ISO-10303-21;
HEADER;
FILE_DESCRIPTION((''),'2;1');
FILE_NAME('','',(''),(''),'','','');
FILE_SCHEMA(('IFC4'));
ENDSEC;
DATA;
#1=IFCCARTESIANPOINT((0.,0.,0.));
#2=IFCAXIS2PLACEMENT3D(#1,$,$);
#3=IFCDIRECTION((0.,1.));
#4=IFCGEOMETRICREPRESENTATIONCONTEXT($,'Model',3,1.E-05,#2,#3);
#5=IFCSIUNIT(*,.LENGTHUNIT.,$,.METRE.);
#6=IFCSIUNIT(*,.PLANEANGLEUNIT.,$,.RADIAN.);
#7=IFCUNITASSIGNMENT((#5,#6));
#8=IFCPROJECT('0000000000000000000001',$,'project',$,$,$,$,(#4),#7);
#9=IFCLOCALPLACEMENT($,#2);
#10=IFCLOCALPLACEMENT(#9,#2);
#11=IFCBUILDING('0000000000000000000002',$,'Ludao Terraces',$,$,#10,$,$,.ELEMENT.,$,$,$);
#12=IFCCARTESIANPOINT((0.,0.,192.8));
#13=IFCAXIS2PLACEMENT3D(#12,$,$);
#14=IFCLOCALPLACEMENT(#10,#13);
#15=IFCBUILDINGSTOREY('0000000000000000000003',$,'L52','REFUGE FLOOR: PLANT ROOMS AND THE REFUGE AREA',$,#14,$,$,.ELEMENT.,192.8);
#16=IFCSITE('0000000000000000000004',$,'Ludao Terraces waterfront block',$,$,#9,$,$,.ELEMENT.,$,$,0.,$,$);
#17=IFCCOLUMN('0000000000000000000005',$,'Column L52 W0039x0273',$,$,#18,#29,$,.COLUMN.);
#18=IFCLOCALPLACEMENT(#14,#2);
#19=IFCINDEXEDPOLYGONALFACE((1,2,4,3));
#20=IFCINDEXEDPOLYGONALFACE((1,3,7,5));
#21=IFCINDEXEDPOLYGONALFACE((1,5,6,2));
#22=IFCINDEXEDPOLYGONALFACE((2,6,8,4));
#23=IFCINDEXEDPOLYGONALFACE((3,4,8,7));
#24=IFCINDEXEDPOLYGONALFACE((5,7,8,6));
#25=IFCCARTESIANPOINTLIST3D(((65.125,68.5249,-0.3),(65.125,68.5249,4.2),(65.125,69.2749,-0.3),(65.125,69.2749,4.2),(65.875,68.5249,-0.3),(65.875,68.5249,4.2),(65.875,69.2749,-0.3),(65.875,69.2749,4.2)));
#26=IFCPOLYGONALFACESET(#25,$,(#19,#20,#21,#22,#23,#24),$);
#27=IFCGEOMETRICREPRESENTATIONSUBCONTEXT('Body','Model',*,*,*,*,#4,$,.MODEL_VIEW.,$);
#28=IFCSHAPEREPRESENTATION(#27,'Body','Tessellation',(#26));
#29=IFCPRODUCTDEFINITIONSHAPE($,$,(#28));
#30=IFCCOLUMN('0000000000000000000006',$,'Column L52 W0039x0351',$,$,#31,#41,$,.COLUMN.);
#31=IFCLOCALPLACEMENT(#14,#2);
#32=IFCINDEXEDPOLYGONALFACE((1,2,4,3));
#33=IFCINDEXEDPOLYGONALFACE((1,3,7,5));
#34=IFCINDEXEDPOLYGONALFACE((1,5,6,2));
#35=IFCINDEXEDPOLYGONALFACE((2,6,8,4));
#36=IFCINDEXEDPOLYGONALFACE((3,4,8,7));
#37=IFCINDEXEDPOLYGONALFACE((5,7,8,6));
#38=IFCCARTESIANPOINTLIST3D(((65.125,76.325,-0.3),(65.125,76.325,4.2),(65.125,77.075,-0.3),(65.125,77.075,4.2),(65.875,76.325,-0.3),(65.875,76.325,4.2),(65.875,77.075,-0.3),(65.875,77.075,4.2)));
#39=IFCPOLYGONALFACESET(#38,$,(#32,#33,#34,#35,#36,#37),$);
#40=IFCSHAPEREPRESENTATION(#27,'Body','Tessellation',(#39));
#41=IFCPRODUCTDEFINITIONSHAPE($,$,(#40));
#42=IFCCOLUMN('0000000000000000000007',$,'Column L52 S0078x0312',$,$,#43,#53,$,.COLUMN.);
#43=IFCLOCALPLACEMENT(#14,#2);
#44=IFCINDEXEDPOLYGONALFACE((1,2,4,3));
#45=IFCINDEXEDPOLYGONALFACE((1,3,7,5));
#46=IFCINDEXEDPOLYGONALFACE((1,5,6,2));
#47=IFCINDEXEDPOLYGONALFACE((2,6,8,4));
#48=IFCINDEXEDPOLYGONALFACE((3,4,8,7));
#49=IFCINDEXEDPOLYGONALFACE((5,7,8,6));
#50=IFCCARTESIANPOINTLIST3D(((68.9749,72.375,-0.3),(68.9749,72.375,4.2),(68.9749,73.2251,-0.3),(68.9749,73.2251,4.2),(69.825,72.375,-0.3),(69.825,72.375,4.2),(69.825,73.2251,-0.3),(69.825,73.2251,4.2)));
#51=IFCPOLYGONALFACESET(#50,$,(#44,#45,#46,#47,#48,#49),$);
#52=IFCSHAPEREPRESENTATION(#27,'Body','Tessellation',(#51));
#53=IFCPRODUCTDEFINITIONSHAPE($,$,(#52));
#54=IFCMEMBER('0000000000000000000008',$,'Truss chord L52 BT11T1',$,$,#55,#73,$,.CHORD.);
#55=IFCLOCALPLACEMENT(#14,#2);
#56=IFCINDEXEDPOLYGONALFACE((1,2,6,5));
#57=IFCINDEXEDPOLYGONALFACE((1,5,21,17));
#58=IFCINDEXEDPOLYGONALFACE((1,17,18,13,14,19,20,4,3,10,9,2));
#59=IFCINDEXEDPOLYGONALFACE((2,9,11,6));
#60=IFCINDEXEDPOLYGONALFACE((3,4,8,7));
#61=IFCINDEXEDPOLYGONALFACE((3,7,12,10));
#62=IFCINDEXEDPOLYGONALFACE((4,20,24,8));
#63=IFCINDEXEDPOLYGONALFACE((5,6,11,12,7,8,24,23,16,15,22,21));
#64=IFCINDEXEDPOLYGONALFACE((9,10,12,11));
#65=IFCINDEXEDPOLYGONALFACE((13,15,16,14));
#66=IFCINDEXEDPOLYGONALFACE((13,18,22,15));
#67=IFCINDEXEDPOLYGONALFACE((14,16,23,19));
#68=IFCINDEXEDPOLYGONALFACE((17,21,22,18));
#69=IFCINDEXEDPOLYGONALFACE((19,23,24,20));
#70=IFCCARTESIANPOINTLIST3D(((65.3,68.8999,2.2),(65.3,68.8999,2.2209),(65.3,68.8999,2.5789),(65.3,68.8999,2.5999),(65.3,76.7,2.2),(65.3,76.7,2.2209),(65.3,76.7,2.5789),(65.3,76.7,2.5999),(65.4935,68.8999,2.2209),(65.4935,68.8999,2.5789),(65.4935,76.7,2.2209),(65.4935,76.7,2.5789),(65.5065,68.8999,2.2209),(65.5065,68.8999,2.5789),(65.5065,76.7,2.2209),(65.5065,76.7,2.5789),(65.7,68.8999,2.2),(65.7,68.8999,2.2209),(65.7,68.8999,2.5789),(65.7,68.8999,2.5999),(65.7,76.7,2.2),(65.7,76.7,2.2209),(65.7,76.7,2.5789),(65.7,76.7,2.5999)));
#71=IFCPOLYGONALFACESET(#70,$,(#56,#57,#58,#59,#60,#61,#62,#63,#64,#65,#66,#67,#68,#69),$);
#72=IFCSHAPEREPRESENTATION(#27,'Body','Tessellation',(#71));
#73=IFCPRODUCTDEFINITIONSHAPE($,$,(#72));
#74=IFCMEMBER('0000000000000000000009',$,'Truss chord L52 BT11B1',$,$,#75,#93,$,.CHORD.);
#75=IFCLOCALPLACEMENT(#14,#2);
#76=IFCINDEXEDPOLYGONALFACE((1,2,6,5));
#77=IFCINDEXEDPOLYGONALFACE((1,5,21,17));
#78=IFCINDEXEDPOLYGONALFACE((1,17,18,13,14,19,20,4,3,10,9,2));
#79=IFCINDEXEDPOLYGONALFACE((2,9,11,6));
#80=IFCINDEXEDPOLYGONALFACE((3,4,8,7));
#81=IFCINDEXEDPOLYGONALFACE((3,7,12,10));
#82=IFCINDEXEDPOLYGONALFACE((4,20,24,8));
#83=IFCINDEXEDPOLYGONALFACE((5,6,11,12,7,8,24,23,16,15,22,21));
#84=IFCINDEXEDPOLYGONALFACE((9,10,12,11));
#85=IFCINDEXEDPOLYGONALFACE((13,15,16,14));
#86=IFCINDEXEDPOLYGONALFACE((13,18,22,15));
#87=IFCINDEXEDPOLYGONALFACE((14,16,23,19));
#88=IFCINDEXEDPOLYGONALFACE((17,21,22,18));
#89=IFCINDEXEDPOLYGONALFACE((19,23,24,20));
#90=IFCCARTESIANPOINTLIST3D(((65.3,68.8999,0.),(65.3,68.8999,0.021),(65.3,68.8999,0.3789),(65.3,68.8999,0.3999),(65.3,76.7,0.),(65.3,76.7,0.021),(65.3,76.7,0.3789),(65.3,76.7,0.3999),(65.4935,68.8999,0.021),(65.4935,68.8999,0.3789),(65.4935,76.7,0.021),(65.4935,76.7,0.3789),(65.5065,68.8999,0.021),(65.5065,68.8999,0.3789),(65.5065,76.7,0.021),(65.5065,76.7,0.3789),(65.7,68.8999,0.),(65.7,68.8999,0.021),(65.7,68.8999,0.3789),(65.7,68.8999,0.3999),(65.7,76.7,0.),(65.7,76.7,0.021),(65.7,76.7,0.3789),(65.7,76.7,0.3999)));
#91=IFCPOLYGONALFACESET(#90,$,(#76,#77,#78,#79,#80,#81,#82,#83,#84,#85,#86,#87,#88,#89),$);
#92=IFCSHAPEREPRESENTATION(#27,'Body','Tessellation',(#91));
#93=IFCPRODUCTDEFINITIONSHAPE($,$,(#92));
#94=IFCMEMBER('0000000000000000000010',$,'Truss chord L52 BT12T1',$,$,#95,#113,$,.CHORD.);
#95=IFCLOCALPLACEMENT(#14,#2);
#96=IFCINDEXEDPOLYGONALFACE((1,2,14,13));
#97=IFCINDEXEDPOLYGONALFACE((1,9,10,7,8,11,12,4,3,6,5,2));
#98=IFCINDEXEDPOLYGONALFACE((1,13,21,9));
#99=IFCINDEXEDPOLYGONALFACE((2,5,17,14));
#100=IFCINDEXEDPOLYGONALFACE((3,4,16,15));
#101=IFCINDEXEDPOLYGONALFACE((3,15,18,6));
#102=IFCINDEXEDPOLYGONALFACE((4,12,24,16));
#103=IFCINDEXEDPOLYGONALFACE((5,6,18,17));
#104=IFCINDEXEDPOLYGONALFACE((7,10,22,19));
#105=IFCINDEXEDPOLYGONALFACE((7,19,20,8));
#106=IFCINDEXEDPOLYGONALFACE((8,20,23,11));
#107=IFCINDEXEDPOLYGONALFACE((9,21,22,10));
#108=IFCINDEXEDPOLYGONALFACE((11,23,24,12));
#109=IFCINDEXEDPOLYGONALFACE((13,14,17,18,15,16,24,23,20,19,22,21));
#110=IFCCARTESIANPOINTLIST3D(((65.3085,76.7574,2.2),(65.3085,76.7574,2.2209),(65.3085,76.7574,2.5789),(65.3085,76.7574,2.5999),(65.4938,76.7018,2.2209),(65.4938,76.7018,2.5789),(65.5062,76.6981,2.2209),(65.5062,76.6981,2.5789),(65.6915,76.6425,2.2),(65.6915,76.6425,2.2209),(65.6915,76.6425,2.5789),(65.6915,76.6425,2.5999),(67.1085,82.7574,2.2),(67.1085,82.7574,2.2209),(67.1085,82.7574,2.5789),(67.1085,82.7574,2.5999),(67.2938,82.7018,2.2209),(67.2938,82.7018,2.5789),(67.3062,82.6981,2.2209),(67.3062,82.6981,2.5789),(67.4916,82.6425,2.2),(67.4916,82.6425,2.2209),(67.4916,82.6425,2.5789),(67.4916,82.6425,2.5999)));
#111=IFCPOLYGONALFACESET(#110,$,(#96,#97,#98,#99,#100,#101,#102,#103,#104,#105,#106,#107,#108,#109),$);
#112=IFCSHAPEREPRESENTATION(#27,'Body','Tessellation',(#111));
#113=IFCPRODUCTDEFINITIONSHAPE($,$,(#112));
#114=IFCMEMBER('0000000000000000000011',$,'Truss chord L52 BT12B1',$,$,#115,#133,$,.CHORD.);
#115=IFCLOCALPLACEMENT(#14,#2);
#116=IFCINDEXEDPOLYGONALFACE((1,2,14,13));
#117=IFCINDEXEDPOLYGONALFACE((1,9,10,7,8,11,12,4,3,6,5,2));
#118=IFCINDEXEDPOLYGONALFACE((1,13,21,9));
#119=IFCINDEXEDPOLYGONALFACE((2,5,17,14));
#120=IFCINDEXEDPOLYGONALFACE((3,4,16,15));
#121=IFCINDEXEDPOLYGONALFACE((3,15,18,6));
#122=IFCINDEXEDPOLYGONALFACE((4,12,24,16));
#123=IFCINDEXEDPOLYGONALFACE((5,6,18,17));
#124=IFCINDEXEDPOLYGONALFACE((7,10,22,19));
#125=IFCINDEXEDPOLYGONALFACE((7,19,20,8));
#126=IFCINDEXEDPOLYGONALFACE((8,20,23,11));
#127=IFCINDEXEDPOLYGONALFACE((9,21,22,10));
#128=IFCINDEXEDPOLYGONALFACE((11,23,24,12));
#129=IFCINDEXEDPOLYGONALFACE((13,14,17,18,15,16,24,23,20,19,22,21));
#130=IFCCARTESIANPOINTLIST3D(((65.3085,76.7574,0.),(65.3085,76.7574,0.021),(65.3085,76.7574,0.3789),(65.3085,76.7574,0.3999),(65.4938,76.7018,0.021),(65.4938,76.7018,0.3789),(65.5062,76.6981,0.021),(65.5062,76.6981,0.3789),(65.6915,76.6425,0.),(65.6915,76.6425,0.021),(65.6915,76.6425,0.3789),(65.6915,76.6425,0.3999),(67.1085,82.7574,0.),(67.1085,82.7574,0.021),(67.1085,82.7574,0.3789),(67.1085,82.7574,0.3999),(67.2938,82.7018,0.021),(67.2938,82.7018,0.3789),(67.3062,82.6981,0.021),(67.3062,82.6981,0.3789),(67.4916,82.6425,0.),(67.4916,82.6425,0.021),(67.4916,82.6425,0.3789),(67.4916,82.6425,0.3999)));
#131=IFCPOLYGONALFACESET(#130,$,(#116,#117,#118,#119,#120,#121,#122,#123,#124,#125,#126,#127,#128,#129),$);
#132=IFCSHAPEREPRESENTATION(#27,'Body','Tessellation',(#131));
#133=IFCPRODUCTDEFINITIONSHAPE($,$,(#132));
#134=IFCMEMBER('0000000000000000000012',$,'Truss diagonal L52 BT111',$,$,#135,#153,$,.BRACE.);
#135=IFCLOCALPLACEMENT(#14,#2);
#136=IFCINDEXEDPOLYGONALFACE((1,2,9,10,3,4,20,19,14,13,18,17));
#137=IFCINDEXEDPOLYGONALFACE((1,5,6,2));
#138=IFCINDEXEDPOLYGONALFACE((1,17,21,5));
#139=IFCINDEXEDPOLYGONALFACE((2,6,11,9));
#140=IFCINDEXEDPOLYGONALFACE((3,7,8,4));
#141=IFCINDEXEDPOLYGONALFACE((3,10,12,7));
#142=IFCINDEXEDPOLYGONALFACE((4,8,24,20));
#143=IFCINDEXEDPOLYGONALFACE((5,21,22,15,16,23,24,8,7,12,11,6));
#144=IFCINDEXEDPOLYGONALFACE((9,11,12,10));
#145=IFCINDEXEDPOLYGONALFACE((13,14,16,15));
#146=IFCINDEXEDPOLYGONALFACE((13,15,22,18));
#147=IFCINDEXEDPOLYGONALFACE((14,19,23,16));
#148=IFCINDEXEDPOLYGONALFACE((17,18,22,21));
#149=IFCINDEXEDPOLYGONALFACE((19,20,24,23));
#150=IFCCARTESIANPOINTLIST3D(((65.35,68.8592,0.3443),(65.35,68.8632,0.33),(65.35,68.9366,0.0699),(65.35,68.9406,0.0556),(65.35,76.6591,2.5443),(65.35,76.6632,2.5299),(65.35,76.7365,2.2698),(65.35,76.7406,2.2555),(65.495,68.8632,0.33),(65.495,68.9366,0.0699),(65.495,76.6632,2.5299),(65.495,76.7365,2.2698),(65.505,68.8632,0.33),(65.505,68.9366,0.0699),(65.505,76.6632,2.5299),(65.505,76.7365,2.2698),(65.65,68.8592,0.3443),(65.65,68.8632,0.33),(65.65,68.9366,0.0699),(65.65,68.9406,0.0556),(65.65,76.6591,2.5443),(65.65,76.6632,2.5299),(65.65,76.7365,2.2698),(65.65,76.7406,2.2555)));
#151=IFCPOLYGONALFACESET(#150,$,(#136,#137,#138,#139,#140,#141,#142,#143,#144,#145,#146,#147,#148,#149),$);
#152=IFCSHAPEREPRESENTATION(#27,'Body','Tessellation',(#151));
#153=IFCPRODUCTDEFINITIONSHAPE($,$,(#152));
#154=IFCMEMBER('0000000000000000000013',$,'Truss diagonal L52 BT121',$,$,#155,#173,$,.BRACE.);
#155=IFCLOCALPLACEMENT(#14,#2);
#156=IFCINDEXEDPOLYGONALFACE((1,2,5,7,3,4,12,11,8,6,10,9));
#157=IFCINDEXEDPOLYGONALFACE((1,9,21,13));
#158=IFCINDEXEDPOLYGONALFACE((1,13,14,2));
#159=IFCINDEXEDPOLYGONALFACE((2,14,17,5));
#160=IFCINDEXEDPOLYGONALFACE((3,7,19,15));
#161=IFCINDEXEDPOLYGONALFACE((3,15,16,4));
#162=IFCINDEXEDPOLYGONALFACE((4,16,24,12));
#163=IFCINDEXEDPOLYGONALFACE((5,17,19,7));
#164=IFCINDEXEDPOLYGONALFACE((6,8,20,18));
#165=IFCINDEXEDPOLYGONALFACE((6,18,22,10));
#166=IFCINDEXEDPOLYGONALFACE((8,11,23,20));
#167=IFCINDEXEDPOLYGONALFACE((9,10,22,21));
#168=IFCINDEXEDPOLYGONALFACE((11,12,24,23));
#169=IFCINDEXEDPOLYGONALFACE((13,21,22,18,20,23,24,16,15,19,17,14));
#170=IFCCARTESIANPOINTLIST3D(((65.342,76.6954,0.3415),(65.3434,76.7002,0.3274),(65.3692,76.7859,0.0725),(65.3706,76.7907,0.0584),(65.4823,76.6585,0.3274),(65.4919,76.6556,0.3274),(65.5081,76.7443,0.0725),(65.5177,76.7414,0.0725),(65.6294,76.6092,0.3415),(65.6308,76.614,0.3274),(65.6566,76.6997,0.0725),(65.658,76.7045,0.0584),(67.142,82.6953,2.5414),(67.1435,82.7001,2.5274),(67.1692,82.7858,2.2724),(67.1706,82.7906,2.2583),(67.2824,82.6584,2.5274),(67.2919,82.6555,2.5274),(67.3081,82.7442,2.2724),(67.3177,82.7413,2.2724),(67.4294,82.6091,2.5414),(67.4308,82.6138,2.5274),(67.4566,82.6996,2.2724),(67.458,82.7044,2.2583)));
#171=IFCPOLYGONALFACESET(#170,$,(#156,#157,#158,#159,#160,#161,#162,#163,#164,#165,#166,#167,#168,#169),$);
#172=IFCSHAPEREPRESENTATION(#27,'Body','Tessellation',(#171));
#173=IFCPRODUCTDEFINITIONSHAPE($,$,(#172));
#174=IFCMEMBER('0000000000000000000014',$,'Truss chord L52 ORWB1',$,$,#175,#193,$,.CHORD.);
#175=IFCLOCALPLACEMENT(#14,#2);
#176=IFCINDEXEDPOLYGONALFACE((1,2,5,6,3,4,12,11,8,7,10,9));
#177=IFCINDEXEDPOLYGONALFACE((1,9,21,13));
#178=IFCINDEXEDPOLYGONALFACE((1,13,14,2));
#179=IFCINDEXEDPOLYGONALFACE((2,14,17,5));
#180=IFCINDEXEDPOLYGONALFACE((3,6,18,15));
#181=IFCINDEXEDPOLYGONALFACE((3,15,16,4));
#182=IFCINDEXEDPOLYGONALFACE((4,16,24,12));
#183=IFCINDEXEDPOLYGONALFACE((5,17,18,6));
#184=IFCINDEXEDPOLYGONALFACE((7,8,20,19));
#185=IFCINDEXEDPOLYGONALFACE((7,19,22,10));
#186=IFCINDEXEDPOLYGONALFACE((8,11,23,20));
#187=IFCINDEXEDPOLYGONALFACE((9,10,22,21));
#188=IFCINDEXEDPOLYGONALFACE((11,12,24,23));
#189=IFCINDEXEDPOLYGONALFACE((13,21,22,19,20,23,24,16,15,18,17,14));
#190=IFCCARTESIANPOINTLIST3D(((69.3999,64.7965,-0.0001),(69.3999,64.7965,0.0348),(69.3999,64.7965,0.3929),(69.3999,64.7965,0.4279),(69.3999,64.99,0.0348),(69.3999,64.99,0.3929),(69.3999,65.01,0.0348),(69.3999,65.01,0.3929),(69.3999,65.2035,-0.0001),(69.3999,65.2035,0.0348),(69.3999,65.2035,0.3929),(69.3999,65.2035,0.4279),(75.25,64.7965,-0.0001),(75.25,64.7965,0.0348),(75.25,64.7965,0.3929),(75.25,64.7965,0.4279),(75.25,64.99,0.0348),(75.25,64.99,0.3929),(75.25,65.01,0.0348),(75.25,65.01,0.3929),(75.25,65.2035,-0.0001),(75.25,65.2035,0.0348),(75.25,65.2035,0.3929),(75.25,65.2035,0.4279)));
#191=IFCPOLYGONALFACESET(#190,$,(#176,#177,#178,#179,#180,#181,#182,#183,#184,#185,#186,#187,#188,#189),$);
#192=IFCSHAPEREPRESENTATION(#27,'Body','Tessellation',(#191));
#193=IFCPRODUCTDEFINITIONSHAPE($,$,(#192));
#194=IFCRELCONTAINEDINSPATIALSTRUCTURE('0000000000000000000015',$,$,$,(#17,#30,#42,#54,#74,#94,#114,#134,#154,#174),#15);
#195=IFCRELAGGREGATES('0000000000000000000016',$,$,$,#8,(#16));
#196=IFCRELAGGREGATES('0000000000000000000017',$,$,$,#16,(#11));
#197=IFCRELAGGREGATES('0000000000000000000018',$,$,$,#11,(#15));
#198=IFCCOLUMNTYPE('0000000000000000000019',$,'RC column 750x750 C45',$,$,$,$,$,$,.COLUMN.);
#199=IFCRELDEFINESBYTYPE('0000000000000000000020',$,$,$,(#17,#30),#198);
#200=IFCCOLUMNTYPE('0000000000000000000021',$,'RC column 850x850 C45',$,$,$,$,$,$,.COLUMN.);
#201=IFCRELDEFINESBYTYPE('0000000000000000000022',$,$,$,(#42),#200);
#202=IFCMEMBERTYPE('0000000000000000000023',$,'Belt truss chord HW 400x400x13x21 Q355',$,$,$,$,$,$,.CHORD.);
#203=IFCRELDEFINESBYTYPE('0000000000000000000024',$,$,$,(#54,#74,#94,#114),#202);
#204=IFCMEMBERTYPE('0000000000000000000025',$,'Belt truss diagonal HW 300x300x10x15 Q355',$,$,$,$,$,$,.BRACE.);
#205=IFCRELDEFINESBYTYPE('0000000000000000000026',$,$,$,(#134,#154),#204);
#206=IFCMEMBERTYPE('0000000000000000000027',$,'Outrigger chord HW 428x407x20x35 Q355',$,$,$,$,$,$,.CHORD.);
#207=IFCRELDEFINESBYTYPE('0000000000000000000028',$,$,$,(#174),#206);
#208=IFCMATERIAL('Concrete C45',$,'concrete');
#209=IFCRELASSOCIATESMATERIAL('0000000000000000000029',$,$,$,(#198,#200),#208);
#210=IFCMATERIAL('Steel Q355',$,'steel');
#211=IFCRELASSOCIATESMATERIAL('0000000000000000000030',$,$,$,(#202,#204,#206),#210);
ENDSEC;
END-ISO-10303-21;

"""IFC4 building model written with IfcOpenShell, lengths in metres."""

from ifc_helpers import new_model, si_unit, direction, frame, origin, origin_2d, place, context, subcontext, project, spatial, rectangle, i_section, extrude, material, material_profile, profile_set, type_object, element, save


model = new_model("IFC4")

# Units and contexts
model_context = context("Model", 3, precision=1e-05, world=origin(), true_north=direction((0.0, 1.0)))
body_context = subcontext(model_context, "Body", "Model", "MODEL_VIEW")
ifc_project = project(units=[si_unit("LENGTHUNIT", "METRE"), si_unit("PLANEANGLEUNIT", "RADIAN")], contexts=[model_context])

# Site, building, storey
site_placement = place(None, origin())
site = spatial("IfcSite", under=ifc_project, at=site_placement, Name="Ludao Terraces waterfront block", CompositionType="ELEMENT", RefElevation=0.0)
building_placement = place(site_placement, origin())
building = spatial("IfcBuilding", under=site, at=building_placement, Name="Ludao Terraces", CompositionType="ELEMENT")
storey_placement = place(building_placement, frame((0.0, 0.0, 192.8)))
storey = spatial("IfcBuildingStorey", under=building, at=storey_placement, Name="L52", Description="REFUGE FLOOR: PLANT ROOMS AND THE REFUGE AREA", CompositionType="ELEMENT", Elevation=192.8)

# Columns
ifc_material_1 = material(Name="Concrete C45", Category="concrete")
ifc_material_profile_1 = material_profile(ifc_material_1, rectangle(XDim=0.75, YDim=0.75, at=origin_2d()), Name="750 X 750")
ifc_profile_set_1 = profile_set([ifc_material_profile_1], Name="Concrete C45")
column_type_1 = type_object("IfcColumnType", Name="RC column 750x750 C45", PredefinedType="COLUMN", material=ifc_profile_set_1)
for number, where, z_axis, x_axis, name in (
    (1, (65.5, 68.8999, -0.3), (0.0, 0.0, 1.0), (1.0, 0.0, 0.0), "Column L52 W0039x0273"),
    (2, (65.5, 76.7, -0.3), (0.0, 0.0, 1.0), (1.0, 0.0, 0.0), "Column L52 W0039x0351"),
):
    element("IfcColumn", number, at=place(storey_placement, frame(where, z_axis=z_axis, x_axis=x_axis)), inside=storey, type_object=column_type_1, Name=name, PredefinedType="COLUMN", context=body_context, shape_type="SweptSolid", body=[
        extrude(rectangle(XDim=0.75, YDim=0.75, at=origin_2d()), origin(), (0.0, 0.0, 1.0), 4.5),
    ])
ifc_material_profile_2 = material_profile(ifc_material_1, rectangle(XDim=0.8501, YDim=0.8501, at=origin_2d()), Name="850 X 850")
ifc_profile_set_2 = profile_set([ifc_material_profile_2], Name="Concrete C45")
column_type_2 = type_object("IfcColumnType", Name="RC column 850x850 C45", PredefinedType="COLUMN", material=ifc_profile_set_2)
column_placement = place(storey_placement, frame((69.3999, 72.8, -0.3), z_axis=(0.0, 0.0, 1.0), x_axis=(1.0, 0.0, 0.0)))
element("IfcColumn", 3, at=column_placement, inside=storey, type_object=column_type_2, Name="Column L52 S0078x0312", PredefinedType="COLUMN", context=body_context, shape_type="SweptSolid", body=[
    extrude(rectangle(XDim=0.8501, YDim=0.8501, at=origin_2d()), origin(), (0.0, 0.0, 1.0), 4.5),
])

# Members
ifc_material_2 = material(Name="Steel Q355", Category="steel")
ifc_material_profile_3 = material_profile(ifc_material_2, i_section(OverallWidth=0.3999, OverallDepth=0.3999, WebThickness=0.0129, FlangeThickness=0.021, at=origin_2d()), Name="HW 400X400X13X21")
ifc_profile_set_3 = profile_set([ifc_material_profile_3], Name="Steel Q355")
member_type_1 = type_object("IfcMemberType", Name="Belt truss chord HW 400x400x13x21 Q355", PredefinedType="CHORD", material=ifc_profile_set_3)
for number, where, z_axis, x_axis, name in (
    (4, (65.5, 68.8999, 2.3999), (0.0, 1.0, 0.0), (-1.0, 0.0, 0.0), "Truss chord L52 BT11T1"),
    (5, (65.5, 68.8999, 0.2), (0.0, 1.0, 0.0), (-1.0, 0.0, 0.0), "Truss chord L52 BT11B1"),
):
    element("IfcMember", number, at=place(storey_placement, frame(where, z_axis=z_axis, x_axis=x_axis)), inside=storey, type_object=member_type_1, Name=name, PredefinedType="CHORD", context=body_context, shape_type="SweptSolid", body=[
        extrude(i_section(OverallWidth=0.3999, OverallDepth=0.3999, WebThickness=0.0129, FlangeThickness=0.021, at=origin_2d()), origin(), (0.0, 0.0, 1.0), 7.8),
    ])
for number, where, z_axis, x_axis, name in (
    (6, (65.5, 76.7, 2.3999), (0.287355, 0.957824, 0.0), (-0.957824, 0.287355, 0.0), "Truss chord L52 BT12T1"),
    (7, (65.5, 76.7, 0.2), (0.287355, 0.957824, 0.0), (-0.957824, 0.287355, 0.0), "Truss chord L52 BT12B1"),
):
    element("IfcMember", number, at=place(storey_placement, frame(where, z_axis=z_axis, x_axis=x_axis)), inside=storey, type_object=member_type_1, Name=name, PredefinedType="CHORD", context=body_context, shape_type="SweptSolid", body=[
        extrude(i_section(OverallWidth=0.3999, OverallDepth=0.3999, WebThickness=0.0129, FlangeThickness=0.021, at=origin_2d()), origin(), (0.0, 0.0, 1.0), 6.2642),
    ])
ifc_material_profile_4 = material_profile(ifc_material_2, i_section(OverallWidth=0.3, OverallDepth=0.3, WebThickness=0.01, FlangeThickness=0.0149, at=origin_2d()), Name="HW 300X300X10X15")
ifc_profile_set_4 = profile_set([ifc_material_profile_4], Name="Steel Q355")
member_type_2 = type_object("IfcMemberType", Name="Belt truss diagonal HW 300x300x10x15 Q355", PredefinedType="BRACE", material=ifc_profile_set_4)
member_1_placement = place(storey_placement, frame((65.5, 68.8999, 0.2), z_axis=(0.0, 0.962452, 0.271453), x_axis=(-1.0, 0.0, 0.0)))
element("IfcMember", 8, at=member_1_placement, inside=storey, type_object=member_type_2, Name="Truss diagonal L52 BT111", PredefinedType="BRACE", context=body_context, shape_type="SweptSolid", body=[
    extrude(i_section(OverallWidth=0.3, OverallDepth=0.3, WebThickness=0.01, FlangeThickness=0.0149, at=origin_2d()), origin(), (0.0, 0.0, 1.0), 8.1042),
])
member_2_placement = place(storey_placement, frame((65.5, 76.7, 0.2), z_axis=(0.271121, 0.903713, 0.331354), x_axis=(-0.957824, 0.287355, 0.0)))
element("IfcMember", 9, at=member_2_placement, inside=storey, type_object=member_type_2, Name="Truss diagonal L52 BT121", PredefinedType="BRACE", context=body_context, shape_type="SweptSolid", body=[
    extrude(i_section(OverallWidth=0.3, OverallDepth=0.3, WebThickness=0.01, FlangeThickness=0.0149, at=origin_2d()), origin(), (0.0, 0.0, 1.0), 6.6392),
])
ifc_material_profile_5 = material_profile(ifc_material_2, i_section(OverallWidth=0.407, OverallDepth=0.428, WebThickness=0.02, FlangeThickness=0.0349, at=origin_2d()), Name="HW 428X407X20X35")
ifc_profile_set_5 = profile_set([ifc_material_profile_5], Name="Steel Q355")
member_type_3 = type_object("IfcMemberType", Name="Outrigger chord HW 428x407x20x35 Q355", PredefinedType="CHORD", material=ifc_profile_set_5)
member_3_placement = place(storey_placement, frame((75.25, 65.0, 0.2139), z_axis=(-1.0, 0.0, 0.0), x_axis=(0.0, -1.0, 0.0)))
element("IfcMember", 10, at=member_3_placement, inside=storey, type_object=member_type_3, Name="Truss chord L52 ORWB1", PredefinedType="CHORD", context=body_context, shape_type="SweptSolid", body=[
    extrude(i_section(OverallWidth=0.407, OverallDepth=0.428, WebThickness=0.02, FlangeThickness=0.0349, at=origin_2d()), origin(), (0.0, 0.0, 1.0), 5.8501),
])

save(model, "model.ifc")
